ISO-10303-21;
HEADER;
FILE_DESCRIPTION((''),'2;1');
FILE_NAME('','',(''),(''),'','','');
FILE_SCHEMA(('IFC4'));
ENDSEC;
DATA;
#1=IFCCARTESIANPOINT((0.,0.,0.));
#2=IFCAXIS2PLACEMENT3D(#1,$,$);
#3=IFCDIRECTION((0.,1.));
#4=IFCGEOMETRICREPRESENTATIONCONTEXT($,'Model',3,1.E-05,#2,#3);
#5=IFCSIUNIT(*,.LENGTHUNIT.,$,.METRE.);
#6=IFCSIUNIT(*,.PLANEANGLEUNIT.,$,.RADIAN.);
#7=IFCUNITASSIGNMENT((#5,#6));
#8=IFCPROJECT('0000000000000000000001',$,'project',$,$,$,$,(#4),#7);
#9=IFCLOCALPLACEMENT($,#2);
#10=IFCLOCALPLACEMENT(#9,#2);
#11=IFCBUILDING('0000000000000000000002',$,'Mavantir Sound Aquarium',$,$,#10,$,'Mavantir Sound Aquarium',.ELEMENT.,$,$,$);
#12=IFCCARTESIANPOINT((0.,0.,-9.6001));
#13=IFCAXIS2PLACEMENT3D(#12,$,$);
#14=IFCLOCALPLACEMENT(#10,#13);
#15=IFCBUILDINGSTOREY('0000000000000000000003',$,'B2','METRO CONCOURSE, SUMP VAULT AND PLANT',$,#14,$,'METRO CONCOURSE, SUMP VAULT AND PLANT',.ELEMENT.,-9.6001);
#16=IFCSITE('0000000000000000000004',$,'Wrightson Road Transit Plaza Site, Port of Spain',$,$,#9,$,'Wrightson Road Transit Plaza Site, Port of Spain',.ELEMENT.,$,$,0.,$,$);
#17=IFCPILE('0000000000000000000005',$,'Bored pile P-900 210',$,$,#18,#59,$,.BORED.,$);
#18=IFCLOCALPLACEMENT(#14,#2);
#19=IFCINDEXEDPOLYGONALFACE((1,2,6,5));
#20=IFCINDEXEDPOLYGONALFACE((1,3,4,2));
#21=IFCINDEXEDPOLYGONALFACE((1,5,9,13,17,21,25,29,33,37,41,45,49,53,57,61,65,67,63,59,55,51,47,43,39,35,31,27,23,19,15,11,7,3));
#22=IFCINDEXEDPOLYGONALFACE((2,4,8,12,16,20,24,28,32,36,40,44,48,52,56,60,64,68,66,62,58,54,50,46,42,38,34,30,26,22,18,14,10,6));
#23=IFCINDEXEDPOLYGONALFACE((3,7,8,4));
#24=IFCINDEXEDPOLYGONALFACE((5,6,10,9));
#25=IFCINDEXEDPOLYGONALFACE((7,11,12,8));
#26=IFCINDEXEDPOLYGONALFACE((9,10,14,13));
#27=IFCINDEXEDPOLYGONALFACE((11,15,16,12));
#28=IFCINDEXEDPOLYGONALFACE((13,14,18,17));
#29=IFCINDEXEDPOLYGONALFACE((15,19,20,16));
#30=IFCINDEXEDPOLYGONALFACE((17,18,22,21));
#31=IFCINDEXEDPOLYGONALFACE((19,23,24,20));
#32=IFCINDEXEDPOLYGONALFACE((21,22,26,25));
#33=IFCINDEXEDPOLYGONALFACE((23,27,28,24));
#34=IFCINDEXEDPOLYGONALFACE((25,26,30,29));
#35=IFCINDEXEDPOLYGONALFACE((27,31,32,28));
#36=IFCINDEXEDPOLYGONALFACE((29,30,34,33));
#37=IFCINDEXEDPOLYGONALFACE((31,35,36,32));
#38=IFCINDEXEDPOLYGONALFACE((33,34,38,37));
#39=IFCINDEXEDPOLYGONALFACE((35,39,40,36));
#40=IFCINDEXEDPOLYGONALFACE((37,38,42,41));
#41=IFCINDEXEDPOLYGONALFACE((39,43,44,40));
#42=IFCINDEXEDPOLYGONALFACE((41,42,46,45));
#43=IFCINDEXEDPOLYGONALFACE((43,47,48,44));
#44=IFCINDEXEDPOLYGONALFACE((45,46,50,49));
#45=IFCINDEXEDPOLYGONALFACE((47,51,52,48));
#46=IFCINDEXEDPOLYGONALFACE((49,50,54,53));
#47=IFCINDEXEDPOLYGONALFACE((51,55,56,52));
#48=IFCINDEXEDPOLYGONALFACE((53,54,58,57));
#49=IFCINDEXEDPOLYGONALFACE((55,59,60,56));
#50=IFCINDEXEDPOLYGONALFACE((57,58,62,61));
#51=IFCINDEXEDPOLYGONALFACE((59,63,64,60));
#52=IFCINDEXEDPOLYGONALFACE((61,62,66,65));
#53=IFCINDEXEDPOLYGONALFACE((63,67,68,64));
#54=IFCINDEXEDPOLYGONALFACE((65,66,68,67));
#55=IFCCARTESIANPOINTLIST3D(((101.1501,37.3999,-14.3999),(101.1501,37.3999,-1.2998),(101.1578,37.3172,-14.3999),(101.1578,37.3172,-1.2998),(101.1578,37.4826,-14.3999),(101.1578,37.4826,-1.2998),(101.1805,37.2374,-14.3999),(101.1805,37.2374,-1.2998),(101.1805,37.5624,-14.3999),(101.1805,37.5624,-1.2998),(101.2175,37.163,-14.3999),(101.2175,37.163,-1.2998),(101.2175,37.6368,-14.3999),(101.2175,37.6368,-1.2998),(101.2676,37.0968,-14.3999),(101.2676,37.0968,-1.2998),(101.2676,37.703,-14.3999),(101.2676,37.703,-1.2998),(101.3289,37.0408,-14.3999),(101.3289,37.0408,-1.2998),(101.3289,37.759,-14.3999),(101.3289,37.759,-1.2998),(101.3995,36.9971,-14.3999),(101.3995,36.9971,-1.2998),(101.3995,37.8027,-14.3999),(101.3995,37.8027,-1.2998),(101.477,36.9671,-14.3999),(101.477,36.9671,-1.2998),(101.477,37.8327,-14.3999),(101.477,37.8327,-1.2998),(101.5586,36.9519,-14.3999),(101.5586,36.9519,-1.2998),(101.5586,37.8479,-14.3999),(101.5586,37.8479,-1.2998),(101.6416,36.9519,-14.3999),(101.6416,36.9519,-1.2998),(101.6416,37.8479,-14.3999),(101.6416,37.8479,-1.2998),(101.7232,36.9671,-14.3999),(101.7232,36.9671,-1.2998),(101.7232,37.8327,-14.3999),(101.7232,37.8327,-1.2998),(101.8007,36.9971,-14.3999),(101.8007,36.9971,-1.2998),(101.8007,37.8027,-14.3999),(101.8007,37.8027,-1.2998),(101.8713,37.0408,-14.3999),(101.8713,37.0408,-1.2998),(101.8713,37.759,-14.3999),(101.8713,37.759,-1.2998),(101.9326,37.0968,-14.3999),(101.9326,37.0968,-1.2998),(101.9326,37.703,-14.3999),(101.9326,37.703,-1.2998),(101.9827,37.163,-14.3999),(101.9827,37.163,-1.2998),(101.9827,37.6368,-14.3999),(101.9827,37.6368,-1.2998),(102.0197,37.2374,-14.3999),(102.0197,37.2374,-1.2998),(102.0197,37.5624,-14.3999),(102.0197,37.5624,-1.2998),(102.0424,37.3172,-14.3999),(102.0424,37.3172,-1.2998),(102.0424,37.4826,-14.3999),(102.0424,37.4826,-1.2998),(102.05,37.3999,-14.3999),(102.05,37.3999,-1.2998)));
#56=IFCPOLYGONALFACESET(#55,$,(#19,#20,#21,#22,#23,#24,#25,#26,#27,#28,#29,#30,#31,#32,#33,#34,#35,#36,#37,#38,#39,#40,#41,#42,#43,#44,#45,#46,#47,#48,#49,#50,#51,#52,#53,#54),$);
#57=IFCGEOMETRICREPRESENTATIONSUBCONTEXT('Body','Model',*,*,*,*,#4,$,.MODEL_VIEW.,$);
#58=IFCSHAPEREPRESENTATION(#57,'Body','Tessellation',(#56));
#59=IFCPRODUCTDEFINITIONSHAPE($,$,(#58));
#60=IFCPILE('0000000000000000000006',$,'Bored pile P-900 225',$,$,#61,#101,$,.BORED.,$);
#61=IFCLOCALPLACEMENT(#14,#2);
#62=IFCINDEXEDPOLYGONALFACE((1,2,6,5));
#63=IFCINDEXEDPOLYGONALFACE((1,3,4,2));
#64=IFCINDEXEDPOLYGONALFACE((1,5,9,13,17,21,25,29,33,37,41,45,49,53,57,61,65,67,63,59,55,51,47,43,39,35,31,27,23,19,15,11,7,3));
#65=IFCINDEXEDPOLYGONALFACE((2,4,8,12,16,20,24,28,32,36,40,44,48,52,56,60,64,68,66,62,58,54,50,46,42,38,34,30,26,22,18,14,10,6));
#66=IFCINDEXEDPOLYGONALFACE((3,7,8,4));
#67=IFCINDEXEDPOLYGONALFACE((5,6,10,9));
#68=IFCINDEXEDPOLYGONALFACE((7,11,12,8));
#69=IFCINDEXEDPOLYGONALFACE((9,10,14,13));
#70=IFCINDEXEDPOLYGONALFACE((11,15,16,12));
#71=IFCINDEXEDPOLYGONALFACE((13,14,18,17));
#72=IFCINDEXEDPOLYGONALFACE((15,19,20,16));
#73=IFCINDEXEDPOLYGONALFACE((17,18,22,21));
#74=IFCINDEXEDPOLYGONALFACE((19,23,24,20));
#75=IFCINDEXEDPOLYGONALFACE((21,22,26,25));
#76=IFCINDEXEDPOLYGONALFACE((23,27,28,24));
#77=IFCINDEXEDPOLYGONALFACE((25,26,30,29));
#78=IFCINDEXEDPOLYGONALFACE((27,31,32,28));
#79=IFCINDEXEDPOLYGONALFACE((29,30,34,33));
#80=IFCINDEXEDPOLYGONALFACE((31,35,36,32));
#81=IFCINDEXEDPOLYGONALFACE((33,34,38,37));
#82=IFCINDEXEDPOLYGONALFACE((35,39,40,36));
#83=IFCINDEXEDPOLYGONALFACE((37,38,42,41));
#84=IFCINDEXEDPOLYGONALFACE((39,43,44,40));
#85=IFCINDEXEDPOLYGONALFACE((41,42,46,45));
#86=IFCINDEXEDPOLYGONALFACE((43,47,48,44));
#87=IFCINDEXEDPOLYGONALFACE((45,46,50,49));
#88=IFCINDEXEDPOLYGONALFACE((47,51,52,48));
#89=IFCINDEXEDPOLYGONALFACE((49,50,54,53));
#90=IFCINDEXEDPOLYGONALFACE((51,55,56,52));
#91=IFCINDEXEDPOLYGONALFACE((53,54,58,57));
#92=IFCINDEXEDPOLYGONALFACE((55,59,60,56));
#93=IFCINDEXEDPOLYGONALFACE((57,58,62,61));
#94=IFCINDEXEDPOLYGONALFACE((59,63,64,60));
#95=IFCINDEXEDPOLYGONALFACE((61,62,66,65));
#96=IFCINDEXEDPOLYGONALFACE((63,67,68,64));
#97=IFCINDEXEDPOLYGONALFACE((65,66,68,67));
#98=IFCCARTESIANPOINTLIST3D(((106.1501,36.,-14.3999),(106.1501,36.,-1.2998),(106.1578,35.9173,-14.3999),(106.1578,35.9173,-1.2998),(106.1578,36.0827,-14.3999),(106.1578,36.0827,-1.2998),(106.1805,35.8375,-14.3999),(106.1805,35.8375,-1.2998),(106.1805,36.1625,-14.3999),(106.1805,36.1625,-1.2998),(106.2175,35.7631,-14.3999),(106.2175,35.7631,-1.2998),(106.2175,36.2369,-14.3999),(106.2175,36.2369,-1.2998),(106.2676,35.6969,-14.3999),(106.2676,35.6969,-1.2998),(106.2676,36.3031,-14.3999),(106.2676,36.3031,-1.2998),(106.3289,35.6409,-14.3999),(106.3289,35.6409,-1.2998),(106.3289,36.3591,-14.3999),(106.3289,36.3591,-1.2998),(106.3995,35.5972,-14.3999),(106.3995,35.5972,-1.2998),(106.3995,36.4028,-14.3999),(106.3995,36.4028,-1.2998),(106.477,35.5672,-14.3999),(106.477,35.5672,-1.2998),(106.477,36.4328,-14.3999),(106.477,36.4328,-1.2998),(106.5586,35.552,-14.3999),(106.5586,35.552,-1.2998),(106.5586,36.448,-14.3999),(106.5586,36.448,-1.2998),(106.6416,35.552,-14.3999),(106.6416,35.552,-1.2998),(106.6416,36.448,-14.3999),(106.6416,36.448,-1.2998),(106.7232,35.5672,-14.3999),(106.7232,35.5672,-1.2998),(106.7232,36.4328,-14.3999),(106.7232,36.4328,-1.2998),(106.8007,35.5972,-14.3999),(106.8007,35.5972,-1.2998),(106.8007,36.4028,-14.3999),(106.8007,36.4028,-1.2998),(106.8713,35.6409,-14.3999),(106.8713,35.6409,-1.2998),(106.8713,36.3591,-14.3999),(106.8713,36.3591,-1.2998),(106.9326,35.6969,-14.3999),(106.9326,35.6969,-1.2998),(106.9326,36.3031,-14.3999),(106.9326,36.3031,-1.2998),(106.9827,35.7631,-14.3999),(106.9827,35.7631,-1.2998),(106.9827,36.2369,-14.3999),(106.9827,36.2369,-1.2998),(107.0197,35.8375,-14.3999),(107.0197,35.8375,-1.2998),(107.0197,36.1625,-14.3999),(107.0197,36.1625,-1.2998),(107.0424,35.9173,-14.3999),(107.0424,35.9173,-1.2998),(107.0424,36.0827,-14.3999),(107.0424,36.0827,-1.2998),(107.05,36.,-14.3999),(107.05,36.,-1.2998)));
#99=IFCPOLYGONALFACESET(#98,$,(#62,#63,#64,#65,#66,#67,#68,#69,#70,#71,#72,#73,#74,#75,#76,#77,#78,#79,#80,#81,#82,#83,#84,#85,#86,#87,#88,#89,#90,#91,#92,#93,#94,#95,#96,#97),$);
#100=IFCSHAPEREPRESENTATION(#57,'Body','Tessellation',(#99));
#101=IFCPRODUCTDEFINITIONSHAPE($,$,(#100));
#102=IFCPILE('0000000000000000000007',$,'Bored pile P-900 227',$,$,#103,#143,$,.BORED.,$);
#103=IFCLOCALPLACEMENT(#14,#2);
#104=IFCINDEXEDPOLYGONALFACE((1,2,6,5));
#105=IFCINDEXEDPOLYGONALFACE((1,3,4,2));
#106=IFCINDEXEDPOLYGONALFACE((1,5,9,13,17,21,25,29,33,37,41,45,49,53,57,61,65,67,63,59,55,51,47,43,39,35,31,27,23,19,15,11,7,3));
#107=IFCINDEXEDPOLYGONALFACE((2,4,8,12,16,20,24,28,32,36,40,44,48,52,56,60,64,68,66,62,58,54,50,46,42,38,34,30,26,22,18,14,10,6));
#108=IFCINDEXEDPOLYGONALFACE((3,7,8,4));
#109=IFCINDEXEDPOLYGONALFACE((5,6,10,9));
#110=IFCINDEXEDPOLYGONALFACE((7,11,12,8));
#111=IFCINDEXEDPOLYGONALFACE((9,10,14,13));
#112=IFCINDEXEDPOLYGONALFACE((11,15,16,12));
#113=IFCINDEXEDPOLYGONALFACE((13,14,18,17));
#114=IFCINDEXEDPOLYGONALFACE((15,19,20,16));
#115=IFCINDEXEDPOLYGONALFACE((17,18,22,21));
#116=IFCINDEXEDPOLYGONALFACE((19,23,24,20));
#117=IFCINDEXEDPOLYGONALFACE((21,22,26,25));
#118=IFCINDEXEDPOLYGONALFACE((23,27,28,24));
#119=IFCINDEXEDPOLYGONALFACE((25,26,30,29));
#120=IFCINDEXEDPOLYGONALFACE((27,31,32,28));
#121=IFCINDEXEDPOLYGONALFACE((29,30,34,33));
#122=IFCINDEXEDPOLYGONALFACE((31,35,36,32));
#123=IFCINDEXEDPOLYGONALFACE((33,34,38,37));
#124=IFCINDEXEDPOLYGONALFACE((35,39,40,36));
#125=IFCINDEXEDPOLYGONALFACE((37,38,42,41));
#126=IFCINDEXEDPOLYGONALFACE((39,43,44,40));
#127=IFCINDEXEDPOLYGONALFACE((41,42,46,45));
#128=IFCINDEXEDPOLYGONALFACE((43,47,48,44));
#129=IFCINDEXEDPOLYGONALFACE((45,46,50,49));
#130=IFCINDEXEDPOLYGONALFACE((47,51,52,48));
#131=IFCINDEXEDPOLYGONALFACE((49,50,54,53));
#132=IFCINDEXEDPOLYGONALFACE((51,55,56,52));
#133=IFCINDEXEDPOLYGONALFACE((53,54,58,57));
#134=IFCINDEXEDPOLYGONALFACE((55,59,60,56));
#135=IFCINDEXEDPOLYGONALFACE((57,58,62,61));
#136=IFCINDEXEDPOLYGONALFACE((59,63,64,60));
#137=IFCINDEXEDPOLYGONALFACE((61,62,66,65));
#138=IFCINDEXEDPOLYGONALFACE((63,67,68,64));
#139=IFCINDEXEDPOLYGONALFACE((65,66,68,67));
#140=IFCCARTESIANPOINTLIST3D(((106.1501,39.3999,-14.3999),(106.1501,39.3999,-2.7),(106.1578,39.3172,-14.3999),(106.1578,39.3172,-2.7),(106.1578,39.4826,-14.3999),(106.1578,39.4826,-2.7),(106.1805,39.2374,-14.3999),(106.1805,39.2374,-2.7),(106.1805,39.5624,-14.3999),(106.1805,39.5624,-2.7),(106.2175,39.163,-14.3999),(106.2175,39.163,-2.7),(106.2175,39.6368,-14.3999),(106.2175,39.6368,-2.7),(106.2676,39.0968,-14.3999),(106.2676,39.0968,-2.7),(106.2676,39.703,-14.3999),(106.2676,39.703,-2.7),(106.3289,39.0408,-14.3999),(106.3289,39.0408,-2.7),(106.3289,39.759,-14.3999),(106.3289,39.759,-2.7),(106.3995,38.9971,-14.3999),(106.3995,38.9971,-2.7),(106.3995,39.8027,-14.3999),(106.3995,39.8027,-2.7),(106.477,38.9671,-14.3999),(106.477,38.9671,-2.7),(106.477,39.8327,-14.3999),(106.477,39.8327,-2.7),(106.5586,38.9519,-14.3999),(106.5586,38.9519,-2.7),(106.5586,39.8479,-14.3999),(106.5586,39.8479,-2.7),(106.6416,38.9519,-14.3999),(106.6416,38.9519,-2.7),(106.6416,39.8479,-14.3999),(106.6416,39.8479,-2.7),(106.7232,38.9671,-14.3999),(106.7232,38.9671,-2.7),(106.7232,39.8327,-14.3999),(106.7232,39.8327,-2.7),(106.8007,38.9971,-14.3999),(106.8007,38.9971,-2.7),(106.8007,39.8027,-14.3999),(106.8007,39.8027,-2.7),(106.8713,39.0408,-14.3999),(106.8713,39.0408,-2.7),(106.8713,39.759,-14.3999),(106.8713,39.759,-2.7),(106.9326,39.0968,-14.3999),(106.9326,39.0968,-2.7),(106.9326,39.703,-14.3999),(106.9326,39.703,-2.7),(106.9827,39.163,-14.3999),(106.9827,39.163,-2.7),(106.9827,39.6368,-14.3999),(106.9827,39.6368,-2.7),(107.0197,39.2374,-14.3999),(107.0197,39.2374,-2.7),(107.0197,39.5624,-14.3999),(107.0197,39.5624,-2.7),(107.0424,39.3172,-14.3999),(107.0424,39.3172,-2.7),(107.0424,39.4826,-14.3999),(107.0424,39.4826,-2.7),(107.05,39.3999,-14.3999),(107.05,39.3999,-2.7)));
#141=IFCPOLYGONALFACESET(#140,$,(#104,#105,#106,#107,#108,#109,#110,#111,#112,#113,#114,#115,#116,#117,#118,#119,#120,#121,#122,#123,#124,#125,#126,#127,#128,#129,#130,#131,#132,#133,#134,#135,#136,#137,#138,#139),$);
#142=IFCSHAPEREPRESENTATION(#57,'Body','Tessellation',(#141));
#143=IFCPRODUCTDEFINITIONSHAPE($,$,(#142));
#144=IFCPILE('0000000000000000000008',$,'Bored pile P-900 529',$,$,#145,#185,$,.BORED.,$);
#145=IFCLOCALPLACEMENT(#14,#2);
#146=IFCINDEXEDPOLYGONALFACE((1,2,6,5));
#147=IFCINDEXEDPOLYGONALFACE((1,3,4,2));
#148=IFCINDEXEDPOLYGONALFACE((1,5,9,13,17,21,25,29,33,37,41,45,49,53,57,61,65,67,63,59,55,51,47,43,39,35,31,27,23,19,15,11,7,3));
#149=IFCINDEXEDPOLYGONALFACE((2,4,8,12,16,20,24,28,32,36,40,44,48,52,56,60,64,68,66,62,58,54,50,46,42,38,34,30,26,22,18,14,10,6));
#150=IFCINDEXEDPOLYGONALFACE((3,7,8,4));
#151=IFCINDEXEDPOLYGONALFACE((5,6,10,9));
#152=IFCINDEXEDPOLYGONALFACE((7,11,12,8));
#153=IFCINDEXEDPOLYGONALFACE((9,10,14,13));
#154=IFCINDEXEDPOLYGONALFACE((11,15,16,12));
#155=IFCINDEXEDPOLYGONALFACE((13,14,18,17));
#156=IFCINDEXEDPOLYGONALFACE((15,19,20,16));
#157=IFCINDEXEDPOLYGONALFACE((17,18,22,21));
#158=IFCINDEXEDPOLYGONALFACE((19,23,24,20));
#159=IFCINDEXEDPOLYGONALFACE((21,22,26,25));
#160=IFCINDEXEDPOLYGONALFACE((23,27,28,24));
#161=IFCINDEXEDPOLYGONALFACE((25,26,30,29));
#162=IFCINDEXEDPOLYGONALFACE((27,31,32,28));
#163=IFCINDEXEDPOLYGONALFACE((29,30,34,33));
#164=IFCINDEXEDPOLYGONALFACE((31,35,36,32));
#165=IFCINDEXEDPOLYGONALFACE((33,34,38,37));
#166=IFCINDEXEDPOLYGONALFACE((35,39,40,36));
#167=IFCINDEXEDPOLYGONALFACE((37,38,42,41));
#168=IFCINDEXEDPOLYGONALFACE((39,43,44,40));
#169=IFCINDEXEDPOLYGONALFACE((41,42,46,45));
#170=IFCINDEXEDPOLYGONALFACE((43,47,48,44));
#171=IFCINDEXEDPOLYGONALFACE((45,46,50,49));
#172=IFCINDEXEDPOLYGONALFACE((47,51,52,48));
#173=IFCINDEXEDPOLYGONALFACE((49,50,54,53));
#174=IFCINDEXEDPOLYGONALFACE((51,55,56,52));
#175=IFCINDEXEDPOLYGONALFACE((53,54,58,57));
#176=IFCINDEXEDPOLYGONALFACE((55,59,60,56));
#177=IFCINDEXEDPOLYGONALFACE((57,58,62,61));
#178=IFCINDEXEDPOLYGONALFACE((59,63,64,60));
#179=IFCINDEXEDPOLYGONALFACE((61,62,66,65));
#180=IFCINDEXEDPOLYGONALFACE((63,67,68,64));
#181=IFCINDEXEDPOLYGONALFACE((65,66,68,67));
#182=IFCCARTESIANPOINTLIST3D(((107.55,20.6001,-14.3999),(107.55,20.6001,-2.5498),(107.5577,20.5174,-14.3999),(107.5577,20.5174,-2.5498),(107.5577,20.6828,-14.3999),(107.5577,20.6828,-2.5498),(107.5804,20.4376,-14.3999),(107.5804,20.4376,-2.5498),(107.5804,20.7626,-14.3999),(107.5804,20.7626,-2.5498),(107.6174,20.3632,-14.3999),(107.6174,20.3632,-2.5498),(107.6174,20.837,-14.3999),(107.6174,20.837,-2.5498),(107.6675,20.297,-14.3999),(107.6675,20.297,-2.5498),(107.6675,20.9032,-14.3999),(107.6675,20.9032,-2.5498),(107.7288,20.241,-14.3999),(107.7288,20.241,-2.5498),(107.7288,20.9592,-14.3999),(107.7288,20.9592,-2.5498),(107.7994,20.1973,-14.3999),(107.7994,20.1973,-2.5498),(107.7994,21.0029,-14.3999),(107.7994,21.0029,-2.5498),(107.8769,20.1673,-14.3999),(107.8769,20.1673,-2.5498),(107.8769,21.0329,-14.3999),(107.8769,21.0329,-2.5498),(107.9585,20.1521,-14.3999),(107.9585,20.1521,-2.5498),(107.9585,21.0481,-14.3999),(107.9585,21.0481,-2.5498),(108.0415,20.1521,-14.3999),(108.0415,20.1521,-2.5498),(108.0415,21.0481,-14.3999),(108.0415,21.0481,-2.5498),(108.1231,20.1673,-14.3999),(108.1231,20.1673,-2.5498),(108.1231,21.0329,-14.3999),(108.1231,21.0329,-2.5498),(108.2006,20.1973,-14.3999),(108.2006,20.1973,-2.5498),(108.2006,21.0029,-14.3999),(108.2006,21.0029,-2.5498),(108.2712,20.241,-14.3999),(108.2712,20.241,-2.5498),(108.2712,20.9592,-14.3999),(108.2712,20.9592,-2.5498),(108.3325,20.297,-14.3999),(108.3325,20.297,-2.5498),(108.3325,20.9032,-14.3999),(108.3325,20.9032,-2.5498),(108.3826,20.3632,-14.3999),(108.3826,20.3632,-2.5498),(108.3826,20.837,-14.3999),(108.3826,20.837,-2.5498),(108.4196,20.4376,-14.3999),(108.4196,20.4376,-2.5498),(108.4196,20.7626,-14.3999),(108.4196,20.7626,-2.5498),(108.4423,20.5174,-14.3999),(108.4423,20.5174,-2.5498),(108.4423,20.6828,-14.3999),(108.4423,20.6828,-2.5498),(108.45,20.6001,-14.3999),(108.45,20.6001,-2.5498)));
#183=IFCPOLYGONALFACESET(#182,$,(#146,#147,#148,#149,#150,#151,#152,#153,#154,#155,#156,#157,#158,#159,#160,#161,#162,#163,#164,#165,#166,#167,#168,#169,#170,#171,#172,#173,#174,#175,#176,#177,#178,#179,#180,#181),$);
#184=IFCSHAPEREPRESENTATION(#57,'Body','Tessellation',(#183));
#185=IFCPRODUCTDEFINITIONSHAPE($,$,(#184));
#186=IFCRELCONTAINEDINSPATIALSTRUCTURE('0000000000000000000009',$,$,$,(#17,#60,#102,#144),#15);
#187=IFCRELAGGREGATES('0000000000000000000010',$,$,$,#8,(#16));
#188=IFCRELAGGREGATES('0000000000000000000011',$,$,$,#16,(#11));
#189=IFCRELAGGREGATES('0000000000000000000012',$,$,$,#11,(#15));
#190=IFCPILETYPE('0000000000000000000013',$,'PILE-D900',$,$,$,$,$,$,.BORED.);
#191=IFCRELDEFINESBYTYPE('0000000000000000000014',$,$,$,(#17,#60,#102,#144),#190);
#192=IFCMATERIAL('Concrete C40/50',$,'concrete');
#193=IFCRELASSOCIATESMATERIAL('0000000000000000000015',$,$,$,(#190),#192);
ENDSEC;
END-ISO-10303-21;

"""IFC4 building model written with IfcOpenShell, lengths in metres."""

from ifc_helpers import new_model, si_unit, direction, frame, origin, origin_2d, place, context, subcontext, project, spatial, circle, extrude, material, material_profile, profile_set, type_object, element, save


model = new_model("IFC4")

# Units and contexts
model_context = context("Model", 3, precision=1e-05, world=origin(), true_north=direction((0.0, 1.0)))
body_context = subcontext(model_context, "Body", "Model", "MODEL_VIEW")
ifc_project = project(units=[si_unit("LENGTHUNIT", "METRE"), si_unit("PLANEANGLEUNIT", "RADIAN")], contexts=[model_context])

# Site, building, storey
site_placement = place(None, origin())
site = spatial("IfcSite", under=ifc_project, at=site_placement, Name="Wrightson Road Transit Plaza Site, Port of Spain", LongName="Wrightson Road Transit Plaza Site, Port of Spain", CompositionType="ELEMENT", RefElevation=0.0)
building_placement = place(site_placement, origin())
building = spatial("IfcBuilding", under=site, at=building_placement, Name="Mavantir Sound Aquarium", LongName="Mavantir Sound Aquarium", CompositionType="ELEMENT")
storey_placement = place(building_placement, frame((0.0, 0.0, -9.6001)))
storey = spatial("IfcBuildingStorey", under=building, at=storey_placement, Name="B2", Description="METRO CONCOURSE, SUMP VAULT AND PLANT", LongName="METRO CONCOURSE, SUMP VAULT AND PLANT", CompositionType="ELEMENT", Elevation=-9.6001)

# Shared definitions
ifc_material_1 = material(Name="Concrete C40/50", Category="concrete")

# Piles
ifc_material_profile_1 = material_profile(ifc_material_1, circle(Radius=0.45, at=origin_2d()), Name="PILE D900")
ifc_profile_set_1 = profile_set([ifc_material_profile_1], Name="Concrete C40/50")
pile_type = type_object("IfcPileType", Name="PILE-D900", PredefinedType="BORED", material=ifc_profile_set_1)
for number, where, z_axis, x_axis, name in (
    (1, (101.6001, 37.3999, -1.2998), (0.0, 0.0, -1.0), (1.0, 0.0, 0.0), "Bored pile P-900 210"),
    (2, (106.6001, 36.0, -1.2998), (0.0, 0.0, -1.0), (1.0, 0.0, 0.0), "Bored pile P-900 225"),
):
    element("IfcPile", number, at=place(storey_placement, frame(where, z_axis=z_axis, x_axis=x_axis)), inside=storey, type_object=pile_type, Name=name, PredefinedType="BORED", context=body_context, shape_type="SweptSolid", body=[
        extrude(circle(Radius=0.45, at=origin_2d()), origin(), (0.0, 0.0, 1.0), 13.1001),
    ])
pile_1_placement = place(storey_placement, frame((106.6001, 39.3999, -2.7), z_axis=(0.0, 0.0, -1.0), x_axis=(1.0, 0.0, 0.0)))
element("IfcPile", 3, at=pile_1_placement, inside=storey, type_object=pile_type, Name="Bored pile P-900 227", PredefinedType="BORED", context=body_context, shape_type="SweptSolid", body=[
    extrude(circle(Radius=0.45, at=origin_2d()), origin(), (0.0, 0.0, 1.0), 11.7),
])
pile_2_placement = place(storey_placement, frame((108.0, 20.6001, -2.5498), z_axis=(0.0, 0.0, -1.0), x_axis=(1.0, 0.0, 0.0)))
element("IfcPile", 4, at=pile_2_placement, inside=storey, type_object=pile_type, Name="Bored pile P-900 529", PredefinedType="BORED", context=body_context, shape_type="SweptSolid", body=[
    extrude(circle(Radius=0.45, at=origin_2d()), origin(), (0.0, 0.0, 1.0), 11.8501),
])

save(model, "model.ifc")
